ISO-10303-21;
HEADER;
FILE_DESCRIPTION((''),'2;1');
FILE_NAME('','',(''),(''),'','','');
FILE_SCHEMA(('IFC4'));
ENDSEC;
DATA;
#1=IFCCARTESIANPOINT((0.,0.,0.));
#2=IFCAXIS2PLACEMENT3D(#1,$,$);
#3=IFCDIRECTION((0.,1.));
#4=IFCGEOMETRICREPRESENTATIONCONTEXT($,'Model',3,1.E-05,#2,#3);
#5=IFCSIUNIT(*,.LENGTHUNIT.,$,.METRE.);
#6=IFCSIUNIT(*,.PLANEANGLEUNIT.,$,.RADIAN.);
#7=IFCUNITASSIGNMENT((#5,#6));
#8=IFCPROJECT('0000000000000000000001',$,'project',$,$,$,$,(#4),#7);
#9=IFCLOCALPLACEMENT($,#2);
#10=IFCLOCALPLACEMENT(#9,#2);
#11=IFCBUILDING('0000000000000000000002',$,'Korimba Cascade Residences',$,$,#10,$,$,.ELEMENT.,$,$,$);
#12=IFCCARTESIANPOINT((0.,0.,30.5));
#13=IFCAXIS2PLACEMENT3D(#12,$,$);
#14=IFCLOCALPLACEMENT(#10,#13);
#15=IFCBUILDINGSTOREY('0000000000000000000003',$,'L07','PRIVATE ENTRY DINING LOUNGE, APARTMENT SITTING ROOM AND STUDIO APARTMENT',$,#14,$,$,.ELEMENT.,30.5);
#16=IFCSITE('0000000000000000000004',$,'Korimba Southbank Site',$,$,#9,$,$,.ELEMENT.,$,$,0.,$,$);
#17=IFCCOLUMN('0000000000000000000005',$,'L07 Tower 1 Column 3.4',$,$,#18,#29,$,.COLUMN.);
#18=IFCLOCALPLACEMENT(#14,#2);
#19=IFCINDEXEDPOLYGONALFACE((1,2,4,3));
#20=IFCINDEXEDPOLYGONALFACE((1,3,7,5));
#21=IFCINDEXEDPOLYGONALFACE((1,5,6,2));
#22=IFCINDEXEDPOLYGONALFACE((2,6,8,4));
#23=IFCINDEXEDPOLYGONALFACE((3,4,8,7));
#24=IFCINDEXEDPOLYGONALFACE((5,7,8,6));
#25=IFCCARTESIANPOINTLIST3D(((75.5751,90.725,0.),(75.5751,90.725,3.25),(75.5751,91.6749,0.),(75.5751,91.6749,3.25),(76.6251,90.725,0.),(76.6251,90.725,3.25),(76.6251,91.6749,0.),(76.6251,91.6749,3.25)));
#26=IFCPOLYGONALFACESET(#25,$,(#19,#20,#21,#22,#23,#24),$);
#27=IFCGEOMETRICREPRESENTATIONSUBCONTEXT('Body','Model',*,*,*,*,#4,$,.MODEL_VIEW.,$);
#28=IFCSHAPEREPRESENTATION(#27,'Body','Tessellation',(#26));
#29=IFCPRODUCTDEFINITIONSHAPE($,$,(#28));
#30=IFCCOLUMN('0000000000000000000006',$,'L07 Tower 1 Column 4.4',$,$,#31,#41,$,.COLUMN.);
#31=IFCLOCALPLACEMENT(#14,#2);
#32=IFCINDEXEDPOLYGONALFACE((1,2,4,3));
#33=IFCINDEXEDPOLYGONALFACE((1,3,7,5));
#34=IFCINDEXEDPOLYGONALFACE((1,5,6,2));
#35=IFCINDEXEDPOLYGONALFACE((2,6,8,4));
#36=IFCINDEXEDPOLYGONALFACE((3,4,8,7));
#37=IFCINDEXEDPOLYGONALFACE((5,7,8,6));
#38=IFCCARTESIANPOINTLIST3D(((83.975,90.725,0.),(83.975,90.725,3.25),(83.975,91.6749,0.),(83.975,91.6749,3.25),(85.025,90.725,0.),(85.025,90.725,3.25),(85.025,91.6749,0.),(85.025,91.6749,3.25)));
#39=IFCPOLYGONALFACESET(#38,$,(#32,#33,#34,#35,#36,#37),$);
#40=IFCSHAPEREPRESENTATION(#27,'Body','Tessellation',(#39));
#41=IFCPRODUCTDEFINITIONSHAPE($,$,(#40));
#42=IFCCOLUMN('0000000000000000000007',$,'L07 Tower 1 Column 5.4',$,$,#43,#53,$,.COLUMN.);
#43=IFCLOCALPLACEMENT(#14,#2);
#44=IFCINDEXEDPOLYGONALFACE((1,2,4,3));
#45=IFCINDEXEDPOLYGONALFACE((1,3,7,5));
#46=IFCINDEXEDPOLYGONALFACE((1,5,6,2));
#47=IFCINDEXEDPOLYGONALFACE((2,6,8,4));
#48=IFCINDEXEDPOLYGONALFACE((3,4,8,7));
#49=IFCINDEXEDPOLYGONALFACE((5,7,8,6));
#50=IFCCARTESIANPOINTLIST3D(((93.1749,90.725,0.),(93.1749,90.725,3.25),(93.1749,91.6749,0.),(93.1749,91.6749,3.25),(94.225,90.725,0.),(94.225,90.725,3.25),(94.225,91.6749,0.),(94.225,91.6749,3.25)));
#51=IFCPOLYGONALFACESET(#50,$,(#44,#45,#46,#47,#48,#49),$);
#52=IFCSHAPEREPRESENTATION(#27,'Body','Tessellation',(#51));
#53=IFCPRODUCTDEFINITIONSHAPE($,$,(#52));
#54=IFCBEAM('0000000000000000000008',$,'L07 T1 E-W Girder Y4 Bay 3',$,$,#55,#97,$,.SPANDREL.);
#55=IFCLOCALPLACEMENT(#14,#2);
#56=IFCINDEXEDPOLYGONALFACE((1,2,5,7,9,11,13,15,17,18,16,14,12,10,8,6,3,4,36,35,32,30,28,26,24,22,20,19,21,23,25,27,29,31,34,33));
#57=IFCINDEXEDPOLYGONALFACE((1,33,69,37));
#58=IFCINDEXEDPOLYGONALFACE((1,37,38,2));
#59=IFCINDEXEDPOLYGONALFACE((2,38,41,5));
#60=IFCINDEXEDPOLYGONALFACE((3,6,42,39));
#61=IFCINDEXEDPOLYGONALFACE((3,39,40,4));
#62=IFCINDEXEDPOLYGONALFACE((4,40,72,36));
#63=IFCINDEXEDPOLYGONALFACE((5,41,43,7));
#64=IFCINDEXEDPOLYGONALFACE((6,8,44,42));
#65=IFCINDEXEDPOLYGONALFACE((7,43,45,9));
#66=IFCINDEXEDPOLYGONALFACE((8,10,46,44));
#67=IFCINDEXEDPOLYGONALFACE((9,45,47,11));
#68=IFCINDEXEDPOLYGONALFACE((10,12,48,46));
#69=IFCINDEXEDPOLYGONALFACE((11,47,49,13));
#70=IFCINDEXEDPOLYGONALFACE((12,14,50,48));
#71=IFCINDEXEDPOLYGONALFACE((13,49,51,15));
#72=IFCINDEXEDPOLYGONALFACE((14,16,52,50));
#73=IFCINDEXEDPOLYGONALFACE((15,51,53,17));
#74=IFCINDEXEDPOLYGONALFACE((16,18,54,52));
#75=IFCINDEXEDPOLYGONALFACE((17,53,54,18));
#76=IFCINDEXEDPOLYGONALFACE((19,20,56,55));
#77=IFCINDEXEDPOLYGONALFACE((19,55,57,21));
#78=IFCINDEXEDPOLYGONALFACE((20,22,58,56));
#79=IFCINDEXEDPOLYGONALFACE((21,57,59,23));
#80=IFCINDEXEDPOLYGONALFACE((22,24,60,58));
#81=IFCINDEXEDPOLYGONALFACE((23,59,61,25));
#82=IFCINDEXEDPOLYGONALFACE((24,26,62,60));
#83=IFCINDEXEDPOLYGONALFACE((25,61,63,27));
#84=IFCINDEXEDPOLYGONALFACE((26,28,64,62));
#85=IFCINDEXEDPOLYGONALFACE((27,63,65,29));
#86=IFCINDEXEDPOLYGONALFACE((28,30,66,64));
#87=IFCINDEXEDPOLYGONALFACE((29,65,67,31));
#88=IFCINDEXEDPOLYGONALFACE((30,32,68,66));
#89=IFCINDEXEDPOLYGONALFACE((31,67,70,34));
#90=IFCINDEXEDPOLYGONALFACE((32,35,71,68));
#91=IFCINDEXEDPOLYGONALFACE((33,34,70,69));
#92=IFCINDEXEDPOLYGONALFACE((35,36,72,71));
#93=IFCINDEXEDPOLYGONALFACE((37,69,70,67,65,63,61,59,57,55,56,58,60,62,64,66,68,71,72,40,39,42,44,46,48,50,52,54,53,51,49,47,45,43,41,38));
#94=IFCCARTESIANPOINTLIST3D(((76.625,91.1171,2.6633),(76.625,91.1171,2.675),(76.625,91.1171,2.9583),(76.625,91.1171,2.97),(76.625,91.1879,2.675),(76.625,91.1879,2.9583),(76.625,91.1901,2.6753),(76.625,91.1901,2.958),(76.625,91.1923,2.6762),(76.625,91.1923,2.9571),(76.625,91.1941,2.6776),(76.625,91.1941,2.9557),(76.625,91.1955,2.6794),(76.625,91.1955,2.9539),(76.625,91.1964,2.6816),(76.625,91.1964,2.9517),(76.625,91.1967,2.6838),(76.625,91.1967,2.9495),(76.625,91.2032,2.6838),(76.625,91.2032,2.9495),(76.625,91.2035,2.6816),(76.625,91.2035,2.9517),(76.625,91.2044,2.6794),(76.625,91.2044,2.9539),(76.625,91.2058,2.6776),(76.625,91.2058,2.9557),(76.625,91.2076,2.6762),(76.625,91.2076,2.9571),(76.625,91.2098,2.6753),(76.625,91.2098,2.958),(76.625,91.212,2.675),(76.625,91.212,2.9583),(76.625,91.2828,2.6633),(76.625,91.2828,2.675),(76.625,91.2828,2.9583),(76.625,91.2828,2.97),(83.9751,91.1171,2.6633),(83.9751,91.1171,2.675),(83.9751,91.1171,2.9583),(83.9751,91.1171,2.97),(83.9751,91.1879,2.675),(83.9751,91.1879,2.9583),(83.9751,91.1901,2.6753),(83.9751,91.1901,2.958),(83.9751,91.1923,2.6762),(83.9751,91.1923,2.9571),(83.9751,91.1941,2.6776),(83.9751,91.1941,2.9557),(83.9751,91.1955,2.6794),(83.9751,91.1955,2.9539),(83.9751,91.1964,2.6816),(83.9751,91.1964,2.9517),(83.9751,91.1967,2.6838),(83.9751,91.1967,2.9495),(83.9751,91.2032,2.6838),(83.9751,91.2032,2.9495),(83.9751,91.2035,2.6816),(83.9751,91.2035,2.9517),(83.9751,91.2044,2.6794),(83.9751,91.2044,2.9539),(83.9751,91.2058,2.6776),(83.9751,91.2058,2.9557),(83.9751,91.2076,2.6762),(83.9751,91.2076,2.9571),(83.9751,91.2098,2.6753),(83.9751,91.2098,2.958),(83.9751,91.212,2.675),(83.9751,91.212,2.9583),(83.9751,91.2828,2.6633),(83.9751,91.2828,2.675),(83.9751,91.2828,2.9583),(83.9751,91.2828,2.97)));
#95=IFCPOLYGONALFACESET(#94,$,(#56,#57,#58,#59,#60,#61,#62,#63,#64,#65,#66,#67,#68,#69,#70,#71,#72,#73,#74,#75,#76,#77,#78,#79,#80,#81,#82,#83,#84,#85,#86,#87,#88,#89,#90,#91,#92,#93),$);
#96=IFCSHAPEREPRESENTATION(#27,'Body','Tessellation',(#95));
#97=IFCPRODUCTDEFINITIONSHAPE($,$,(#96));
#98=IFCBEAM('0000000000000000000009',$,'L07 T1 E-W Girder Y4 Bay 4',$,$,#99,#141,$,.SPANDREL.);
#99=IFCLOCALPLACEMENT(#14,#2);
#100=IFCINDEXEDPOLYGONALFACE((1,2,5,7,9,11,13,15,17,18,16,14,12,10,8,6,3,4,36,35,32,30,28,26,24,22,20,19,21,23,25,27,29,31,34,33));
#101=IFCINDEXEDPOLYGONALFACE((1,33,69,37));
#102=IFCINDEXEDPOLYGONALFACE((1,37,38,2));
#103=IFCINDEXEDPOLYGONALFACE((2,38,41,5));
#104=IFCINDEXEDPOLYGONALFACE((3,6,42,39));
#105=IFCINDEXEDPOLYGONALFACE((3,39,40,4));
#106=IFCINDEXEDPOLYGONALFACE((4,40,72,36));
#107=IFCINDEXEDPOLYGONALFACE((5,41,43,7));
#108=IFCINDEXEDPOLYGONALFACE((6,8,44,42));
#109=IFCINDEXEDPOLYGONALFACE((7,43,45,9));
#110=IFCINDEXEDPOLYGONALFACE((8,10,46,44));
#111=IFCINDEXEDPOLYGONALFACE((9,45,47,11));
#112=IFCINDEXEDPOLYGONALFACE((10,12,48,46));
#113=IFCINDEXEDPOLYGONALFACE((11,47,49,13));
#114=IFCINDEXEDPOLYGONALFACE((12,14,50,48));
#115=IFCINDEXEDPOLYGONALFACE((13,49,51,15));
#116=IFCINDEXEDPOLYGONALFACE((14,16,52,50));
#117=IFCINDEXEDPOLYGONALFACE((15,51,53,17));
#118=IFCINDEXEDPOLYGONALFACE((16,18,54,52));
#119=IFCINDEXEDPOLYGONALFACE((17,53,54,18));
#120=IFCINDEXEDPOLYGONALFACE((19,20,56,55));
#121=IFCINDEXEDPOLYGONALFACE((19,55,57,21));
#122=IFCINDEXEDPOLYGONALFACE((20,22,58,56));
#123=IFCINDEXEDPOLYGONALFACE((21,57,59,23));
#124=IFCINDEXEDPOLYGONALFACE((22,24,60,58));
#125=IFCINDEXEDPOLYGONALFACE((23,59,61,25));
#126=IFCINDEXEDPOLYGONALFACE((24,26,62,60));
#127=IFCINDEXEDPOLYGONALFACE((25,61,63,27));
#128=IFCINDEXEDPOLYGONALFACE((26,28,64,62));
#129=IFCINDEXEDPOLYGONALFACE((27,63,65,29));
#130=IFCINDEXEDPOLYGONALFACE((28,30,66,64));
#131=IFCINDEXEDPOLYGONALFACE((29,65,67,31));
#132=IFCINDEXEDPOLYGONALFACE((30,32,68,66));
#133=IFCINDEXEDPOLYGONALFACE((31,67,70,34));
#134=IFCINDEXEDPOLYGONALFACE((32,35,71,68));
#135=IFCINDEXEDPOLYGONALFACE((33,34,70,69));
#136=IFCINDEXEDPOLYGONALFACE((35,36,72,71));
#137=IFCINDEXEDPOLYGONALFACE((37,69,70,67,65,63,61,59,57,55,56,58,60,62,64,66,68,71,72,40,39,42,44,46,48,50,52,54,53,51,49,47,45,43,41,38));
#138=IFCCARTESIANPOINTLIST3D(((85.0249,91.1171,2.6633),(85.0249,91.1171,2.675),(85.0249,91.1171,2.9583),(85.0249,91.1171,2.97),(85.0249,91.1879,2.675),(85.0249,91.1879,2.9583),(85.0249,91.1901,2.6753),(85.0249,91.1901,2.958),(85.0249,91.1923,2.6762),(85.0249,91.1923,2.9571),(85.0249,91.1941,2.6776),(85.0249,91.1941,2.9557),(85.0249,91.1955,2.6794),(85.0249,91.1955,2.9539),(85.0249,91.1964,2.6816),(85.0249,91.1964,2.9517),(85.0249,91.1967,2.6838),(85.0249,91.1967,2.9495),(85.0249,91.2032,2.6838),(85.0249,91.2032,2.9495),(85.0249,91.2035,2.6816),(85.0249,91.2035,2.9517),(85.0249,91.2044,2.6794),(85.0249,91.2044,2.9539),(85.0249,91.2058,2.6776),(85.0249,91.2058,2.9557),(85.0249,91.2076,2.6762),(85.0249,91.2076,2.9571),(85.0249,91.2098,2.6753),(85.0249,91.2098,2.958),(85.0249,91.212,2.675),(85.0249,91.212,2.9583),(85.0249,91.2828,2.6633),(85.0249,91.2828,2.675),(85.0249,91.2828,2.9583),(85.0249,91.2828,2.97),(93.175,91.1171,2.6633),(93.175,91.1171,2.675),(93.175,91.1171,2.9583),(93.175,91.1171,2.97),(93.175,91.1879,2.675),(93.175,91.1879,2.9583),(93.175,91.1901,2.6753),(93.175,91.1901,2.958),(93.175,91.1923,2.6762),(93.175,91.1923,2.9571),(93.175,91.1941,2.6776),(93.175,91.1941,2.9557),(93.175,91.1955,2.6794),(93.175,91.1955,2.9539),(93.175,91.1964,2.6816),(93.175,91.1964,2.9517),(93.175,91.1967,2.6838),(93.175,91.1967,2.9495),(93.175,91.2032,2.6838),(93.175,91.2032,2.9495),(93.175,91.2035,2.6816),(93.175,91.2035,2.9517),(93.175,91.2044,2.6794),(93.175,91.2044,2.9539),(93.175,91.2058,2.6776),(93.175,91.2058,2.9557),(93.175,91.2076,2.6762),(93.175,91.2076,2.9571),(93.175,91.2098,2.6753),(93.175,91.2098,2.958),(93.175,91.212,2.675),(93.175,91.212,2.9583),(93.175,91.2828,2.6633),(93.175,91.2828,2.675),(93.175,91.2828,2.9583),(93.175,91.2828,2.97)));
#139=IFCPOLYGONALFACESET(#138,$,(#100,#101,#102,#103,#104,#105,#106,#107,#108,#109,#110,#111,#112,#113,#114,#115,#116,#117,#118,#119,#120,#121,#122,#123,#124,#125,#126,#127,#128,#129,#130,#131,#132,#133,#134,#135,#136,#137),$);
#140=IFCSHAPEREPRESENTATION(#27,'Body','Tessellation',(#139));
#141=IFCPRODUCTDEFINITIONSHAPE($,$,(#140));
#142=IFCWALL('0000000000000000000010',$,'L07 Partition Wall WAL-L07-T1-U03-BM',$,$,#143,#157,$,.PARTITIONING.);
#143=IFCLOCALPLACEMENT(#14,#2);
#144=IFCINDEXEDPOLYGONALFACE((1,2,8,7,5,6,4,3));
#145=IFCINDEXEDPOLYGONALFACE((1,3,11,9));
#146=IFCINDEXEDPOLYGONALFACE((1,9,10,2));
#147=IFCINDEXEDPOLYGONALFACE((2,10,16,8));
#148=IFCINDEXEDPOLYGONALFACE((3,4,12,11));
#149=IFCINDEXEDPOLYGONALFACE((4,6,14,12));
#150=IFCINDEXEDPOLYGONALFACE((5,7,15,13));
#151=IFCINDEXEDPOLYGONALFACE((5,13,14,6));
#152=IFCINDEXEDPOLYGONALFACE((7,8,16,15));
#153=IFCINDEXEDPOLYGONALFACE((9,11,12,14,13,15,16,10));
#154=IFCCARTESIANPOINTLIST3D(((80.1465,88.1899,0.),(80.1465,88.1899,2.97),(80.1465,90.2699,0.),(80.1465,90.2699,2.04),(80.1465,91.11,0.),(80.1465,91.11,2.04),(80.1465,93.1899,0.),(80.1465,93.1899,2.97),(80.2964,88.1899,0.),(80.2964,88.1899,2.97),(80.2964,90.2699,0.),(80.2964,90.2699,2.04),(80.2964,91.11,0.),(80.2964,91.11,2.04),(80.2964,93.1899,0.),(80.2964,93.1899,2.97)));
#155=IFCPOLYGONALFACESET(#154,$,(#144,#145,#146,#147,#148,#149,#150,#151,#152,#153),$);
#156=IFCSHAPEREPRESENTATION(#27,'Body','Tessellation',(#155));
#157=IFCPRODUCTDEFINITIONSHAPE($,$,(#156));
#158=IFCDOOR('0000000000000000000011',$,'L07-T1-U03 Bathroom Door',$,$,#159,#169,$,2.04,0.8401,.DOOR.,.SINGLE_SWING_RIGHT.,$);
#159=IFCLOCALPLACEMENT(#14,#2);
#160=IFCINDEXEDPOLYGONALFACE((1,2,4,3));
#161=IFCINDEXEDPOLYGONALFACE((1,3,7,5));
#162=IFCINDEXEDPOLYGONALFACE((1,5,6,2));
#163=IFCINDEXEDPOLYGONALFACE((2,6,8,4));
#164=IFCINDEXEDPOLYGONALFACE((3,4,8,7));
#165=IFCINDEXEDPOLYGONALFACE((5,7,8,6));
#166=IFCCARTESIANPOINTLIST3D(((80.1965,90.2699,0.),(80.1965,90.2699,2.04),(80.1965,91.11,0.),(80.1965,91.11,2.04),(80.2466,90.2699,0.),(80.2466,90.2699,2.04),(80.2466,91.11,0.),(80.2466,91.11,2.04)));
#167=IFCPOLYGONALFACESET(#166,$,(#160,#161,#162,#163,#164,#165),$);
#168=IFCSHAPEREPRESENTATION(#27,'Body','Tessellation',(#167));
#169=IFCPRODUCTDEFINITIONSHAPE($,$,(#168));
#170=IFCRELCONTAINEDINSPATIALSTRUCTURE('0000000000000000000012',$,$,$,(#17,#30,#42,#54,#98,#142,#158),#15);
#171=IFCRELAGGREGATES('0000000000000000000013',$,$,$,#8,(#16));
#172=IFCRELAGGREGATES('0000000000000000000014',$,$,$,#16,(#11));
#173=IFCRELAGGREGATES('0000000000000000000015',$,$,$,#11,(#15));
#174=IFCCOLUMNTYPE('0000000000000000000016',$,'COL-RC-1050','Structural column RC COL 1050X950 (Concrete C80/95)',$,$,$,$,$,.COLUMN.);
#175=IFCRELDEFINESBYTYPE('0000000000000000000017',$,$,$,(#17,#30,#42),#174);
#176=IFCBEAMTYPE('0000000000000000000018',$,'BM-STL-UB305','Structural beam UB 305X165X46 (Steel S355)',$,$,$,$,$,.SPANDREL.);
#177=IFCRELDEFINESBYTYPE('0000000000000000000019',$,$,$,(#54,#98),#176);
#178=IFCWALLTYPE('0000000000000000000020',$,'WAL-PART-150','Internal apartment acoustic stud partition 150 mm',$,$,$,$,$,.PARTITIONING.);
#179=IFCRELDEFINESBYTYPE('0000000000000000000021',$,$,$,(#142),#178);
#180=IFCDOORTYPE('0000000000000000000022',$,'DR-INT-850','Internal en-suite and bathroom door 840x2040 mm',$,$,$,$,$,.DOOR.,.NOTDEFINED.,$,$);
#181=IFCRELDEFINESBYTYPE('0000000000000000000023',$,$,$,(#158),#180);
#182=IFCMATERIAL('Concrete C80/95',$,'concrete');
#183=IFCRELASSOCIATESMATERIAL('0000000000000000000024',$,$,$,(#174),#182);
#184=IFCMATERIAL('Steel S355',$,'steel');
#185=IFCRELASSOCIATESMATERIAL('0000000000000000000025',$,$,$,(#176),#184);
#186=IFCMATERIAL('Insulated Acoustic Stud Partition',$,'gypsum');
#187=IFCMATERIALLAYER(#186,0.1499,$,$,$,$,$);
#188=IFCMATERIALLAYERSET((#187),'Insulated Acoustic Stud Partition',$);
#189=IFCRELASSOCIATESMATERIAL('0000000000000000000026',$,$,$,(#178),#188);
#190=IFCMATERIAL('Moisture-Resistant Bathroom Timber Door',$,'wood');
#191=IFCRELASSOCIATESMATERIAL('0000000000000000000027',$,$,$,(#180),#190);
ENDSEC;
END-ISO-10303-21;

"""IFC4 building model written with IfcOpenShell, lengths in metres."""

from ifc_helpers import new_model, si_unit, direction, frame, frame_2d, origin, origin_2d, place, context, subcontext, project, spatial, rectangle, i_section, extrude, material, layer, layer_set, material_profile, profile_set, type_object, element, fill, save


model = new_model("IFC4")

# Units and contexts
model_context = context("Model", 3, precision=1e-05, world=origin(), true_north=direction((0.0, 1.0)))
body_context = subcontext(model_context, "Body", "Model", "MODEL_VIEW")
ifc_project = project(units=[si_unit("LENGTHUNIT", "METRE"), si_unit("PLANEANGLEUNIT", "RADIAN")], contexts=[model_context])

# Site, building, storey
site_placement = place(None, origin())
site = spatial("IfcSite", under=ifc_project, at=site_placement, Name="Korimba Southbank Site", CompositionType="ELEMENT", RefElevation=0.0)
building_placement = place(site_placement, origin())
building = spatial("IfcBuilding", under=site, at=building_placement, Name="Korimba Cascade Residences", CompositionType="ELEMENT")
storey_placement = place(building_placement, frame((0.0, 0.0, 30.5)))
storey = spatial("IfcBuildingStorey", under=building, at=storey_placement, Name="L07", Description="PRIVATE ENTRY DINING LOUNGE, APARTMENT SITTING ROOM AND STUDIO APARTMENT", CompositionType="ELEMENT", Elevation=30.5)

# Columns
ifc_material_1 = material(Name="Concrete C80/95", Category="concrete")
ifc_material_profile_1 = material_profile(ifc_material_1, rectangle(XDim=1.05, YDim=0.95, at=origin_2d()), Name="Concrete C80/95")
ifc_profile_set_1 = profile_set([ifc_material_profile_1], Name="Concrete C80/95")
column_type = type_object("IfcColumnType", Name="COL-RC-1050", Description="Structural column RC COL 1050X950 (Concrete C80/95)", PredefinedType="COLUMN", material=ifc_profile_set_1)
for number, where, z_axis, x_axis, name in (
    (1, (76.1001, 91.2, 0.0), (0.0, 0.0, 1.0), (1.0, 0.0, 0.0), "L07 Tower 1 Column 3.4"),
    (2, (84.5, 91.2, 0.0), (0.0, 0.0, 1.0), (1.0, 0.0, 0.0), "L07 Tower 1 Column 4.4"),
    (3, (93.7, 91.2, 0.0), (0.0, 0.0, 1.0), (1.0, 0.0, 0.0), "L07 Tower 1 Column 5.4"),
):
    element("IfcColumn", number, at=place(storey_placement, frame(where, z_axis=z_axis, x_axis=x_axis)), inside=storey, type_object=column_type, Name=name, PredefinedType="COLUMN", context=body_context, shape_type="SweptSolid", body=[
        extrude(rectangle(XDim=1.05, YDim=0.95, at=origin_2d()), origin(), (0.0, 0.0, 1.0), 3.25),
    ])

# Beams
ifc_material_2 = material(Name="Steel S355", Category="steel")
ifc_material_profile_2 = material_profile(ifc_material_2, i_section(OverallWidth=0.1658, OverallDepth=0.3066, WebThickness=0.0066, FlangeThickness=0.0117, FilletRadius=0.0088, at=origin_2d()), Name="Steel S355")
ifc_profile_set_2 = profile_set([ifc_material_profile_2], Name="Steel S355")
beam_type = type_object("IfcBeamType", Name="BM-STL-UB305", Description="Structural beam UB 305X165X46 (Steel S355)", PredefinedType="SPANDREL", material=ifc_profile_set_2)
beam_1_placement = place(storey_placement, frame((76.625, 91.2, 2.8167), z_axis=(1.0, 0.0, 0.0), x_axis=(0.0, 1.0, 0.0)))
element("IfcBeam", 4, at=beam_1_placement, inside=storey, type_object=beam_type, Name="L07 T1 E-W Girder Y4 Bay 3", PredefinedType="SPANDREL", context=body_context, shape_type="SweptSolid", body=[
    extrude(i_section(OverallWidth=0.1658, OverallDepth=0.3066, WebThickness=0.0066, FlangeThickness=0.0117, FilletRadius=0.0088, at=origin_2d()), origin(), (0.0, 0.0, 1.0), 7.3501),
])
beam_2_placement = place(storey_placement, frame((85.0249, 91.2, 2.8167), z_axis=(1.0, 0.0, 0.0), x_axis=(0.0, 1.0, 0.0)))
element("IfcBeam", 5, at=beam_2_placement, inside=storey, type_object=beam_type, Name="L07 T1 E-W Girder Y4 Bay 4", PredefinedType="SPANDREL", context=body_context, shape_type="SweptSolid", body=[
    extrude(i_section(OverallWidth=0.1658, OverallDepth=0.3066, WebThickness=0.0066, FlangeThickness=0.0117, FilletRadius=0.0088, at=origin_2d()), origin(), (0.0, 0.0, 1.0), 8.1501),
])

# Wall, opening, door
ifc_material_3 = material(Name="Insulated Acoustic Stud Partition", Category="gypsum")
ifc_layer = layer(ifc_material_3, 0.1499)
ifc_layer_set = layer_set([ifc_layer], Name="Insulated Acoustic Stud Partition")
wall_type = type_object("IfcWallType", Name="WAL-PART-150", Description="Internal apartment acoustic stud partition 150 mm", PredefinedType="PARTITIONING", material=ifc_layer_set)
wall_1_placement = place(storey_placement, frame((80.2214, 88.1899, 0.0), z_axis=(0.0, 0.0, 1.0), x_axis=(0.0, 1.0, 0.0)))
wall_1 = element("IfcWall", 6, at=wall_1_placement, inside=storey, type_object=wall_type, Name="L07 Partition Wall WAL-L07-T1-U03-BM", PredefinedType="PARTITIONING", context=body_context, shape_type="SweptSolid", body=[
    extrude(rectangle(XDim=5.0, YDim=0.1499, at=frame_2d((2.5, 0.0))), origin(), (0.0, 0.0, 1.0), 2.97),
])
opening_1_placement = place(wall_1_placement, frame((2.0801, 0.0, 0.0)))
opening_1 = element("IfcOpeningElement", 7, at=opening_1_placement, cuts=wall_1, PredefinedType="OPENING", context=body_context, shape_type="SweptSolid", body=[
    extrude(rectangle(XDim=0.8401, YDim=2.04, at=frame_2d((0.4199, 1.02))), frame((0.0, 0.085, 0.0), z_axis=(0.0, -1.0, 0.0), x_axis=(1.0, 0.0, 0.0)), (0.0, 0.0, 1.0), 0.1699),
])
ifc_material_4 = material(Name="Moisture-Resistant Bathroom Timber Door", Category="wood")
door_type_1 = type_object("IfcDoorType", Name="DR-INT-850", Description="Internal en-suite and bathroom door 840x2040 mm", OperationType="NOTDEFINED", PredefinedType="DOOR", material=ifc_material_4)
door_1_placement = place(opening_1_placement, origin())
door_1 = element("IfcDoor", 8, at=door_1_placement, inside=storey, type_object=door_type_1, Name="L07-T1-U03 Bathroom Door", OperationType="SINGLE_SWING_RIGHT", OverallHeight=2.04, OverallWidth=0.8401, PredefinedType="DOOR", context=body_context, shape_type="SweptSolid", body=[
    extrude(rectangle(XDim=0.8401, YDim=2.04, at=frame_2d((0.4199, 1.02))), frame((0.0, 0.0249, 0.0), z_axis=(0.0, -1.0, 0.0), x_axis=(1.0, 0.0, 0.0)), (0.0, 0.0, 1.0), 0.05),
])
fill(opening_1, door_1)

save(model, "model.ifc")
